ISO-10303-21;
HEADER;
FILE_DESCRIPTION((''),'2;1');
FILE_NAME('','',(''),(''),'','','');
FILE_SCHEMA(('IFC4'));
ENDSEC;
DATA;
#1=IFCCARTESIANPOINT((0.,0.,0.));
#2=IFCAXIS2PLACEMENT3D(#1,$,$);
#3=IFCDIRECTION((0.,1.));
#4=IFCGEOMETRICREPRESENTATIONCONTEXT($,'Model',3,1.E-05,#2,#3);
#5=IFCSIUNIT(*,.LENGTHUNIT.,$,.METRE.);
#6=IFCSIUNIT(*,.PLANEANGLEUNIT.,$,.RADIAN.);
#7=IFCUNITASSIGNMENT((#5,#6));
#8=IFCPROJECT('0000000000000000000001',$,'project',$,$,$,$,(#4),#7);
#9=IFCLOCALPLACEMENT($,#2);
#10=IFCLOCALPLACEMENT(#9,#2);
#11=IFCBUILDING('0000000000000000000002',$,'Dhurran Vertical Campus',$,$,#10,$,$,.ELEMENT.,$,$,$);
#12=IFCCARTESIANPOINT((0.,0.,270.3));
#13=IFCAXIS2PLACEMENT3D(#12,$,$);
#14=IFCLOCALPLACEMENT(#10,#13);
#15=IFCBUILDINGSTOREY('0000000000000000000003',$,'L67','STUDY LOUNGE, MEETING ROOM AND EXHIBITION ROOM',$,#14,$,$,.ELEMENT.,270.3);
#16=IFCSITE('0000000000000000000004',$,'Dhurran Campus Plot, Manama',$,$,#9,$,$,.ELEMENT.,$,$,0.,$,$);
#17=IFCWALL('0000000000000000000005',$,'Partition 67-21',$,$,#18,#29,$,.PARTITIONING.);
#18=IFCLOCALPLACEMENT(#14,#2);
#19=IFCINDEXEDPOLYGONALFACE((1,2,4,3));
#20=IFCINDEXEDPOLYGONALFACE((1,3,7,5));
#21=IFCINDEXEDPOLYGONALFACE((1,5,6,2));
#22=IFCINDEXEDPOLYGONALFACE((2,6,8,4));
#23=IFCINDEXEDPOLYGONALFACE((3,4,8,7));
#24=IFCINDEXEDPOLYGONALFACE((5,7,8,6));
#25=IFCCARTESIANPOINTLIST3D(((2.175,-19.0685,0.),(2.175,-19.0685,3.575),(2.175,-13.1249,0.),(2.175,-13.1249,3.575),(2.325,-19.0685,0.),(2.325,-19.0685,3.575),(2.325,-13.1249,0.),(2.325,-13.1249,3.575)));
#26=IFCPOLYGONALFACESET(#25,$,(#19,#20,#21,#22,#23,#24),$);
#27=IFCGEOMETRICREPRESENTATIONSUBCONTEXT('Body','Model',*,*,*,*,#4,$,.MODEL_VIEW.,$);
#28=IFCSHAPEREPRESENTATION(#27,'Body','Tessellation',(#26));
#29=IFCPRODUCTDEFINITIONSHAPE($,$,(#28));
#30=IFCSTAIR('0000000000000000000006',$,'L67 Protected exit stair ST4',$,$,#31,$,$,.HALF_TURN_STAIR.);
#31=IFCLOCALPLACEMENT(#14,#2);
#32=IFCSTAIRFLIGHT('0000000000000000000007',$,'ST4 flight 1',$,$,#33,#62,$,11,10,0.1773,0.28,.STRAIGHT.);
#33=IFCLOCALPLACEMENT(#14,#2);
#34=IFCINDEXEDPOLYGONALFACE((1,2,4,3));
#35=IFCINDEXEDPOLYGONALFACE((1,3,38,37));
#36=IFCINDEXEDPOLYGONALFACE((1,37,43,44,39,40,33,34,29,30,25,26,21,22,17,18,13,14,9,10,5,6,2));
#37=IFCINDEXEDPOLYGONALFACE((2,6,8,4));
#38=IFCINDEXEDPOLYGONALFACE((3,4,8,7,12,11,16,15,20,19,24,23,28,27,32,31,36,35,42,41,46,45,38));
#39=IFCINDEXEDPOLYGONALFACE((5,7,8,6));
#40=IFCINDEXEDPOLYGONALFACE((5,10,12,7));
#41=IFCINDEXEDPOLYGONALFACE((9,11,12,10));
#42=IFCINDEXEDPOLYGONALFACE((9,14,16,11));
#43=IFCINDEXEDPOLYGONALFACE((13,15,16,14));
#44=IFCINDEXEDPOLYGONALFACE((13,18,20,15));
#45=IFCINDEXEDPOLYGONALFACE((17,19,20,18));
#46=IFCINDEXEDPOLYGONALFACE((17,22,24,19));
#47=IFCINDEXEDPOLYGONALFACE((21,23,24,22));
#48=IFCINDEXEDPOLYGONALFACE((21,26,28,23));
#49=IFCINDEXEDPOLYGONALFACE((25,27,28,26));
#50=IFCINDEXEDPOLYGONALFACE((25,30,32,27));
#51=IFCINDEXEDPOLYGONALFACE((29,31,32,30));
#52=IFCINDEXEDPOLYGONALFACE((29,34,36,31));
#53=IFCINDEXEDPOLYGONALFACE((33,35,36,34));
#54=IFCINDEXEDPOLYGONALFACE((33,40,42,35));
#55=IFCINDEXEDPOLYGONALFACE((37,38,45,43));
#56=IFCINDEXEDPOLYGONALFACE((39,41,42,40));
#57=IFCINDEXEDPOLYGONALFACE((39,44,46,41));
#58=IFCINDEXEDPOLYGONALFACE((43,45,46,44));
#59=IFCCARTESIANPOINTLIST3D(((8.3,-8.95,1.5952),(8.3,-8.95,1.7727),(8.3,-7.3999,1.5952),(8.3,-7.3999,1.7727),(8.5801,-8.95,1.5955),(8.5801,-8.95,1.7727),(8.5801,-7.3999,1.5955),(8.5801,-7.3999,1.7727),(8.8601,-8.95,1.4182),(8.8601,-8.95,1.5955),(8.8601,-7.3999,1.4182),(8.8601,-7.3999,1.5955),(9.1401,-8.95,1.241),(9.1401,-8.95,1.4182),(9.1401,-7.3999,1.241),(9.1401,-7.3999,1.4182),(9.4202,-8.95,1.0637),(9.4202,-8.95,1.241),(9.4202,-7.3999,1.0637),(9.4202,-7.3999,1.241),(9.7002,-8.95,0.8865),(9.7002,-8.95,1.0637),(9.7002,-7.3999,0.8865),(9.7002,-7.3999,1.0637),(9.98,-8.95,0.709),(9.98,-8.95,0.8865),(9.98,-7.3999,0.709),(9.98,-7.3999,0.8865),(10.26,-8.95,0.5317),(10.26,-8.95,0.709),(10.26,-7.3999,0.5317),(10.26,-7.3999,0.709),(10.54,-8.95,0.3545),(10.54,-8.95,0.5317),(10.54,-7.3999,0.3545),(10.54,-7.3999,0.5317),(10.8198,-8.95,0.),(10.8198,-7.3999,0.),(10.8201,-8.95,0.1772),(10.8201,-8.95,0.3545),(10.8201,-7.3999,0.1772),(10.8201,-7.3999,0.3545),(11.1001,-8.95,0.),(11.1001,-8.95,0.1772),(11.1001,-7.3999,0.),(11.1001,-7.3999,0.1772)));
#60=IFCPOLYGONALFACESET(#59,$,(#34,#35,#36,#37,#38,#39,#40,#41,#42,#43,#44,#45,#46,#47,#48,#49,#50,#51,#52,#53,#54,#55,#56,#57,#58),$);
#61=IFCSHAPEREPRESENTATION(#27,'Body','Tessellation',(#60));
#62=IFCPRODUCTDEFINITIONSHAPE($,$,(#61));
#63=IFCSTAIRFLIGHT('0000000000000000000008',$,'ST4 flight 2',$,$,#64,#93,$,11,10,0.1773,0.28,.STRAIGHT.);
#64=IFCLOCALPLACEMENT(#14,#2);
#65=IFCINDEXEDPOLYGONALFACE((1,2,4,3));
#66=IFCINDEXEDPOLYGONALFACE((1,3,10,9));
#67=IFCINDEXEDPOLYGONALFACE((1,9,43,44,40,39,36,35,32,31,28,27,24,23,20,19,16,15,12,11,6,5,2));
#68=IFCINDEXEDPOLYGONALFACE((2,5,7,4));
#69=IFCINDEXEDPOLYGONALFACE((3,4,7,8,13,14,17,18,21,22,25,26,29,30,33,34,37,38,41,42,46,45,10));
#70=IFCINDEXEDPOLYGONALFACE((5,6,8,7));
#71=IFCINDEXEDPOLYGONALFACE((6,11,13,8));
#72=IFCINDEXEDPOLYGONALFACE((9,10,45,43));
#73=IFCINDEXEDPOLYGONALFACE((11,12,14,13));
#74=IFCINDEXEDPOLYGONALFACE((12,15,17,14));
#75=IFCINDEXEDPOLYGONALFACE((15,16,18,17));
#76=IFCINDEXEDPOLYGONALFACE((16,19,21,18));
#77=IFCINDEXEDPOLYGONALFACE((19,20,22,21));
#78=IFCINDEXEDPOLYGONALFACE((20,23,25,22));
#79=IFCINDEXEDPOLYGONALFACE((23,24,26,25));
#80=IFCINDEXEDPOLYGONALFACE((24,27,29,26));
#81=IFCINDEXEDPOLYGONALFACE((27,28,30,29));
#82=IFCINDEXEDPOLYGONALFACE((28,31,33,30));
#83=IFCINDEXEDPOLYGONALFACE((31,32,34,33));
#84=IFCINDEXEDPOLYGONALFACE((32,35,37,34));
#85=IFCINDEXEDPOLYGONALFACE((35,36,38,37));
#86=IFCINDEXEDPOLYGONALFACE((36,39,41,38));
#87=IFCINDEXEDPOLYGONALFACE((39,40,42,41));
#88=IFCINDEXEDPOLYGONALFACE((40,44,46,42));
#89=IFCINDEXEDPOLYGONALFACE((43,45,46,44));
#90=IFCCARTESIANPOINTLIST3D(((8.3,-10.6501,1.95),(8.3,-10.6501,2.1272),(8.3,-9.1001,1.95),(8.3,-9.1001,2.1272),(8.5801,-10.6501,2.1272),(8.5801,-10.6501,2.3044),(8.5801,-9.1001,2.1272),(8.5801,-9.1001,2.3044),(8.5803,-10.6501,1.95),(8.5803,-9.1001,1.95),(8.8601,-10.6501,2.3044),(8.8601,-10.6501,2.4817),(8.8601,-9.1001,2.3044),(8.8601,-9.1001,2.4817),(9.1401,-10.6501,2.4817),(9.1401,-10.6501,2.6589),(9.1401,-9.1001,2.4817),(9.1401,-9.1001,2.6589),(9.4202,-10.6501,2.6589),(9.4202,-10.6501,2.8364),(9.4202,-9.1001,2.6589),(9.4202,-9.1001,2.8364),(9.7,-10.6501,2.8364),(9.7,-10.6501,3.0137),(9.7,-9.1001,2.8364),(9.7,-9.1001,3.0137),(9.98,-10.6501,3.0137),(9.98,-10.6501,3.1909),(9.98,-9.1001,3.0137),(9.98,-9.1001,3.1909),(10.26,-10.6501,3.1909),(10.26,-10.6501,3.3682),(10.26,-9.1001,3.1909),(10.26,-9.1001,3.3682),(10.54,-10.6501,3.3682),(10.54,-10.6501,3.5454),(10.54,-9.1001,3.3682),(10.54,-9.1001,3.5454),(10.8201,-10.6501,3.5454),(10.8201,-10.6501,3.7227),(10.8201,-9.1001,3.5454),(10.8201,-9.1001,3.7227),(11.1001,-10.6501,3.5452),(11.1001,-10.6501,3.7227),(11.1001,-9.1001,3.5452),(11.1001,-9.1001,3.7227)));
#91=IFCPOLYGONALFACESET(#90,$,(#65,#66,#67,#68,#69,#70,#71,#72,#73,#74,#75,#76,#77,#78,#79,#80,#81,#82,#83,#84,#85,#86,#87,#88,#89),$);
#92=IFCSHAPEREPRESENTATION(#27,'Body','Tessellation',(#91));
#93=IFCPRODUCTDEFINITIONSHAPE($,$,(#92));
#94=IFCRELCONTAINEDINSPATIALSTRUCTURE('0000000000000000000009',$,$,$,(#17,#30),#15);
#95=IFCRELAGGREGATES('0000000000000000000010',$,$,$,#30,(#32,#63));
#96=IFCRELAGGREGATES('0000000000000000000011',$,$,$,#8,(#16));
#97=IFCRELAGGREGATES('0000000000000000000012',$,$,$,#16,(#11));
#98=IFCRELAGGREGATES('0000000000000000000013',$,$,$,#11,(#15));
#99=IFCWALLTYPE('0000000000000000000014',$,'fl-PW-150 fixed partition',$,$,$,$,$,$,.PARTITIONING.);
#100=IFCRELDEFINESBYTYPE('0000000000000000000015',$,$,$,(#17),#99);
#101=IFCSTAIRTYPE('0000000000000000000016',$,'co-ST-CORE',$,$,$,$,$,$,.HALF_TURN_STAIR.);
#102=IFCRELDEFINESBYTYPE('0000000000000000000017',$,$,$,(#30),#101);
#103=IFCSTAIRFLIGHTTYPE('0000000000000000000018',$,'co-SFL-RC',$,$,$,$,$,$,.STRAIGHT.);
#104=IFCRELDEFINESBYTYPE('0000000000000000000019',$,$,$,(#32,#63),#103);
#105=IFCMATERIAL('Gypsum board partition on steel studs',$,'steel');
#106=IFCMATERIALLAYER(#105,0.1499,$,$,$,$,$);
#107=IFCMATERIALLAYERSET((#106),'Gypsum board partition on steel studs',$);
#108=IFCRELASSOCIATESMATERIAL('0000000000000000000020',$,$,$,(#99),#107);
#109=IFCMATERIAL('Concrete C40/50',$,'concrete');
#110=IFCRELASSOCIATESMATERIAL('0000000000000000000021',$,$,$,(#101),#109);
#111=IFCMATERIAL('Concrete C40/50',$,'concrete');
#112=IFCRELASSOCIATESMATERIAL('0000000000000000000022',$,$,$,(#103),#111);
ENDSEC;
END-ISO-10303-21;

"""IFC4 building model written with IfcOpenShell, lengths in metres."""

from ifc_helpers import new_model, si_unit, direction, frame, frame_2d, origin, place, context, subcontext, project, spatial, polyline, rectangle, outline, extrude, material, layer, layer_set, type_object, element, aggregate, save


model = new_model("IFC4")

# Units and contexts
model_context = context("Model", 3, precision=1e-05, world=origin(), true_north=direction((0.0, 1.0)))
body_context = subcontext(model_context, "Body", "Model", "MODEL_VIEW")
ifc_project = project(units=[si_unit("LENGTHUNIT", "METRE"), si_unit("PLANEANGLEUNIT", "RADIAN")], contexts=[model_context])

# Site, building, storey
site_placement = place(None, origin())
site = spatial("IfcSite", under=ifc_project, at=site_placement, Name="Dhurran Campus Plot, Manama", CompositionType="ELEMENT", RefElevation=0.0)
building_placement = place(site_placement, origin())
building = spatial("IfcBuilding", under=site, at=building_placement, Name="Dhurran Vertical Campus", CompositionType="ELEMENT")
storey_placement = place(building_placement, frame((0.0, 0.0, 270.3)))
storey = spatial("IfcBuildingStorey", under=building, at=storey_placement, Name="L67", Description="STUDY LOUNGE, MEETING ROOM AND EXHIBITION ROOM", CompositionType="ELEMENT", Elevation=270.3)

# Wall
ifc_material_1 = material(Name="Gypsum board partition on steel studs", Category="steel")
ifc_layer_1 = layer(ifc_material_1, 0.1499)
ifc_layer_set_1 = layer_set([ifc_layer_1], Name="Gypsum board partition on steel studs")
wall_type_1 = type_object("IfcWallType", Name="fl-PW-150 fixed partition", PredefinedType="PARTITIONING", material=ifc_layer_set_1)
wall_1_placement = place(storey_placement, frame((2.25, -13.125, 0.0), z_axis=(0.0, 0.0, 1.0), x_axis=(0.0, -1.0, 0.0)))
element("IfcWall", 1, at=wall_1_placement, inside=storey, type_object=wall_type_1, Name="Partition 67-21", PredefinedType="PARTITIONING", context=body_context, shape_type="SweptSolid", body=[
    extrude(rectangle(XDim=5.9436, YDim=0.1499, at=frame_2d((2.9717, 0.0))), origin(), (0.0, 0.0, 1.0), 3.575),
])

# Stair, stair flights
ifc_material_2 = material(Name="Concrete C40/50", Category="concrete")
stair_type = type_object("IfcStairType", Name="co-ST-CORE", PredefinedType="HALF_TURN_STAIR", material=ifc_material_2)
stair_placement = place(storey_placement, origin())
stair = element("IfcStair", 2, at=stair_placement, inside=storey, type_object=stair_type, Name="L67 Protected exit stair ST4", PredefinedType="HALF_TURN_STAIR")
ifc_material_3 = material(Name="Concrete C40/50", Category="concrete")
stair_flight_type = type_object("IfcStairFlightType", Name="co-SFL-RC", PredefinedType="STRAIGHT", material=ifc_material_3)
stair_flight_1_placement = place(storey_placement, frame((11.1001, -8.175, 0.0), z_axis=(0.0, 0.0, 1.0), x_axis=(-1.0, 0.0, 0.0)))
stair_flight_1 = element("IfcStairFlight", 3, at=stair_flight_1_placement, type_object=stair_flight_type, Name="ST4 flight 1", NumberOfRisers=11, NumberOfTreads=10, PredefinedType="STRAIGHT", RiserHeight=0.1773, TreadLength=0.28, context=body_context, shape_type="SweptSolid", body=[
    extrude(outline(polyline([(0.0, 0.0), (0.0, 0.1772), (0.28, 0.1772), (0.28, 0.3545), (0.5601, 0.3545), (0.5601, 0.5317), (0.8401, 0.5317), (0.8401, 0.709), (1.1201, 0.709), (1.1201, 0.8865), (1.3999, 0.8865), (1.3999, 1.0637), (1.6799, 1.0637), (1.6799, 1.241), (1.96, 1.241), (1.96, 1.4182), (2.24, 1.4182), (2.24, 1.5955), (2.52, 1.5955), (2.52, 1.7727), (2.8, 1.7727), (2.8, 1.95), (2.8, 1.5952), (0.2803, 0.0), (0.0, 0.0)])), frame((0.0, 0.7749, 0.0), z_axis=(0.0, -1.0, 0.0), x_axis=(1.0, 0.0, 0.0)), (0.0, 0.0, 1.0), 1.55),
])
stair_flight_2_placement = place(storey_placement, frame((8.3, -9.875, 1.95), z_axis=(0.0, 0.0, 1.0), x_axis=(1.0, 0.0, 0.0)))
stair_flight_2 = element("IfcStairFlight", 4, at=stair_flight_2_placement, type_object=stair_flight_type, Name="ST4 flight 2", NumberOfRisers=11, NumberOfTreads=10, PredefinedType="STRAIGHT", RiserHeight=0.1773, TreadLength=0.28, context=body_context, shape_type="SweptSolid", body=[
    extrude(outline(polyline([(0.0, 0.0), (0.0, 0.1772), (0.28, 0.1772), (0.28, 0.3545), (0.5601, 0.3545), (0.5601, 0.5317), (0.8401, 0.5317), (0.8401, 0.709), (1.1201, 0.709), (1.1201, 0.8865), (1.3999, 0.8865), (1.3999, 1.0637), (1.6799, 1.0637), (1.6799, 1.241), (1.96, 1.241), (1.96, 1.4182), (2.24, 1.4182), (2.24, 1.5955), (2.52, 1.5955), (2.52, 1.7727), (2.8, 1.7727), (2.8, 1.95), (2.8, 1.5952), (0.2803, 0.0), (0.0, 0.0)])), frame((0.0, 0.7749, 0.0), z_axis=(0.0, -1.0, 0.0), x_axis=(1.0, 0.0, 0.0)), (0.0, 0.0, 1.0), 1.55),
])
aggregate(stair, [stair_flight_1, stair_flight_2])

save(model, "model.ifc")
